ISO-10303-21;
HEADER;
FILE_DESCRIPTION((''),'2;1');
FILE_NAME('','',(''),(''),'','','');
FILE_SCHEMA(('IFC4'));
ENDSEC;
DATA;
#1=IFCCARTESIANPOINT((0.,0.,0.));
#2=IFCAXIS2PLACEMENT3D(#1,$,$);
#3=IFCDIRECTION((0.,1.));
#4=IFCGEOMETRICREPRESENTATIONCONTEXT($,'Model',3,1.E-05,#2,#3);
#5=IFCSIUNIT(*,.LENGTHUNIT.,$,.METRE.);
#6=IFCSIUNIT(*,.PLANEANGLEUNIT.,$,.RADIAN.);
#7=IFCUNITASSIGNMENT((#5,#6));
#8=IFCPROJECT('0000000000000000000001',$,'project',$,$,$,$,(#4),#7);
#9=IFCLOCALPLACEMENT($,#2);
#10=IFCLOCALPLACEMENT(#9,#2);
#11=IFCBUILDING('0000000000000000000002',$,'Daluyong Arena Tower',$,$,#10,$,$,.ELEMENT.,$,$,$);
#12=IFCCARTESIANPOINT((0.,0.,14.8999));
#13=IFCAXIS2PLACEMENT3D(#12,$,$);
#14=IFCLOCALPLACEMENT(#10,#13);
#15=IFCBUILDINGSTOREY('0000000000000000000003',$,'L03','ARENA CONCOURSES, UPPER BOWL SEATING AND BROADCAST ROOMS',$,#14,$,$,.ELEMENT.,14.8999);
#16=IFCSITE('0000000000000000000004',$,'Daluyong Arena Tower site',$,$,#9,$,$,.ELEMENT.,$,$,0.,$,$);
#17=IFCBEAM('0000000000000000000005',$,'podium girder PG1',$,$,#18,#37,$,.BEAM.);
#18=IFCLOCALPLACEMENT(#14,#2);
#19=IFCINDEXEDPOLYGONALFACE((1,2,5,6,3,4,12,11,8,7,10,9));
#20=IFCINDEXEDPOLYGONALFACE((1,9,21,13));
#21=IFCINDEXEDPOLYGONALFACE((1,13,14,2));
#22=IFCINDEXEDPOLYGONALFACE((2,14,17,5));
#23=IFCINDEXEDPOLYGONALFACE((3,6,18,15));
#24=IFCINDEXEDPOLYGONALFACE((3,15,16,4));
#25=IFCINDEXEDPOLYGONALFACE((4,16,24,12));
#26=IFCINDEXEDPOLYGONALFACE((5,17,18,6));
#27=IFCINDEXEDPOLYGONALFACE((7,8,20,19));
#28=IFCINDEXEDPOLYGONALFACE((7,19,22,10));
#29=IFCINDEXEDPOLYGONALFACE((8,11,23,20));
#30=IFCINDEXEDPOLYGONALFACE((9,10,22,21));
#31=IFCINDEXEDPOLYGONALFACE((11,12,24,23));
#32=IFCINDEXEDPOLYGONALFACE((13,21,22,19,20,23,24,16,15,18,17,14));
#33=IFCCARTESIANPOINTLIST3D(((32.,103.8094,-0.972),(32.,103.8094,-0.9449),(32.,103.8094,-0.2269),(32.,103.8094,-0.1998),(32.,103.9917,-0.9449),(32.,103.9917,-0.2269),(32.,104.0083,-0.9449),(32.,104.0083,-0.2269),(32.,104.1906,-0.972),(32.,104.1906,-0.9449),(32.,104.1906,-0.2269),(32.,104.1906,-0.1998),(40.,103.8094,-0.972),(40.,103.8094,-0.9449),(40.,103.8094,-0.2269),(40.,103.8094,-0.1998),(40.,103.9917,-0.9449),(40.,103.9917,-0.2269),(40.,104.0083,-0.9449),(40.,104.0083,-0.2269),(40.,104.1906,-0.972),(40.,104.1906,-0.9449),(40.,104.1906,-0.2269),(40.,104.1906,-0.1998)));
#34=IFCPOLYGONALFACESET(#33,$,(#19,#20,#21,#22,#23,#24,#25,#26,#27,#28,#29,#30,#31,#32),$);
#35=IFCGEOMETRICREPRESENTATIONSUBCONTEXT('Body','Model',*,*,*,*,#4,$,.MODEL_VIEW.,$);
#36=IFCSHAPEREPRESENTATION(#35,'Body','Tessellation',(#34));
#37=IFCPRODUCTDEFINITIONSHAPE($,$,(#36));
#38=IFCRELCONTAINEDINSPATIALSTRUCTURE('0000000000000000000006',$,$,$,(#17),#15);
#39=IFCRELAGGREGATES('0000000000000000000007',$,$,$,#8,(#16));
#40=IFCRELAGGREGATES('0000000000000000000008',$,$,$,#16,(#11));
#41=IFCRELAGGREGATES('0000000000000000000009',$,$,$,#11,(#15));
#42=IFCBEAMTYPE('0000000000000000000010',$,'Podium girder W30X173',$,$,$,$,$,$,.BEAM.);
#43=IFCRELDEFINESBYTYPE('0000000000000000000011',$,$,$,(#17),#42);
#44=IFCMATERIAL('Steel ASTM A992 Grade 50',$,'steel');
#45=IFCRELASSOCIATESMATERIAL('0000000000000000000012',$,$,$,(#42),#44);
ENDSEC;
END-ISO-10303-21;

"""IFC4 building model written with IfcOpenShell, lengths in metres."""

from ifc_helpers import new_model, si_unit, direction, frame, origin, origin_2d, place, context, subcontext, project, spatial, i_section, extrude, material, material_profile, profile_set, type_object, element, save


model = new_model("IFC4")

# Units and contexts
model_context = context("Model", 3, precision=1e-05, world=origin(), true_north=direction((0.0, 1.0)))
body_context = subcontext(model_context, "Body", "Model", "MODEL_VIEW")
ifc_project = project(units=[si_unit("LENGTHUNIT", "METRE"), si_unit("PLANEANGLEUNIT", "RADIAN")], contexts=[model_context])

# Site, building, storey
site_placement = place(None, origin())
site = spatial("IfcSite", under=ifc_project, at=site_placement, Name="Daluyong Arena Tower site", CompositionType="ELEMENT", RefElevation=0.0)
building_placement = place(site_placement, origin())
building = spatial("IfcBuilding", under=site, at=building_placement, Name="Daluyong Arena Tower", CompositionType="ELEMENT")
storey_placement = place(building_placement, frame((0.0, 0.0, 14.8999)))
storey = spatial("IfcBuildingStorey", under=building, at=storey_placement, Name="L03", Description="ARENA CONCOURSES, UPPER BOWL SEATING AND BROADCAST ROOMS", CompositionType="ELEMENT", Elevation=14.8999)

# Beam
ifc_material_1 = material(Name="Steel ASTM A992 Grade 50", Category="steel")
ifc_material_profile_1 = material_profile(ifc_material_1, i_section(OverallWidth=0.3811, OverallDepth=0.7722, WebThickness=0.0166, FlangeThickness=0.0271, at=origin_2d()))
ifc_profile_set_1 = profile_set([ifc_material_profile_1], Name="Steel ASTM A992 Grade 50")
beam_type_1 = type_object("IfcBeamType", Name="Podium girder W30X173", PredefinedType="BEAM", material=ifc_profile_set_1)
for number, where, z_axis, x_axis, name in (
    (1, (32.0, 104.0, -0.5859), (1.0, 0.0, 0.0), (0.0, 1.0, 0.0), "podium girder PG1"),
):
    element("IfcBeam", number, at=place(storey_placement, frame(where, z_axis=z_axis, x_axis=x_axis)), inside=storey, type_object=beam_type_1, Name=name, PredefinedType="BEAM", context=body_context, shape_type="SweptSolid", body=[
        extrude(i_section(OverallWidth=0.3811, OverallDepth=0.7722, WebThickness=0.0166, FlangeThickness=0.0271, at=origin_2d()), origin(), (0.0, 0.0, 1.0), 8.0),
    ])

save(model, "model.ifc")
